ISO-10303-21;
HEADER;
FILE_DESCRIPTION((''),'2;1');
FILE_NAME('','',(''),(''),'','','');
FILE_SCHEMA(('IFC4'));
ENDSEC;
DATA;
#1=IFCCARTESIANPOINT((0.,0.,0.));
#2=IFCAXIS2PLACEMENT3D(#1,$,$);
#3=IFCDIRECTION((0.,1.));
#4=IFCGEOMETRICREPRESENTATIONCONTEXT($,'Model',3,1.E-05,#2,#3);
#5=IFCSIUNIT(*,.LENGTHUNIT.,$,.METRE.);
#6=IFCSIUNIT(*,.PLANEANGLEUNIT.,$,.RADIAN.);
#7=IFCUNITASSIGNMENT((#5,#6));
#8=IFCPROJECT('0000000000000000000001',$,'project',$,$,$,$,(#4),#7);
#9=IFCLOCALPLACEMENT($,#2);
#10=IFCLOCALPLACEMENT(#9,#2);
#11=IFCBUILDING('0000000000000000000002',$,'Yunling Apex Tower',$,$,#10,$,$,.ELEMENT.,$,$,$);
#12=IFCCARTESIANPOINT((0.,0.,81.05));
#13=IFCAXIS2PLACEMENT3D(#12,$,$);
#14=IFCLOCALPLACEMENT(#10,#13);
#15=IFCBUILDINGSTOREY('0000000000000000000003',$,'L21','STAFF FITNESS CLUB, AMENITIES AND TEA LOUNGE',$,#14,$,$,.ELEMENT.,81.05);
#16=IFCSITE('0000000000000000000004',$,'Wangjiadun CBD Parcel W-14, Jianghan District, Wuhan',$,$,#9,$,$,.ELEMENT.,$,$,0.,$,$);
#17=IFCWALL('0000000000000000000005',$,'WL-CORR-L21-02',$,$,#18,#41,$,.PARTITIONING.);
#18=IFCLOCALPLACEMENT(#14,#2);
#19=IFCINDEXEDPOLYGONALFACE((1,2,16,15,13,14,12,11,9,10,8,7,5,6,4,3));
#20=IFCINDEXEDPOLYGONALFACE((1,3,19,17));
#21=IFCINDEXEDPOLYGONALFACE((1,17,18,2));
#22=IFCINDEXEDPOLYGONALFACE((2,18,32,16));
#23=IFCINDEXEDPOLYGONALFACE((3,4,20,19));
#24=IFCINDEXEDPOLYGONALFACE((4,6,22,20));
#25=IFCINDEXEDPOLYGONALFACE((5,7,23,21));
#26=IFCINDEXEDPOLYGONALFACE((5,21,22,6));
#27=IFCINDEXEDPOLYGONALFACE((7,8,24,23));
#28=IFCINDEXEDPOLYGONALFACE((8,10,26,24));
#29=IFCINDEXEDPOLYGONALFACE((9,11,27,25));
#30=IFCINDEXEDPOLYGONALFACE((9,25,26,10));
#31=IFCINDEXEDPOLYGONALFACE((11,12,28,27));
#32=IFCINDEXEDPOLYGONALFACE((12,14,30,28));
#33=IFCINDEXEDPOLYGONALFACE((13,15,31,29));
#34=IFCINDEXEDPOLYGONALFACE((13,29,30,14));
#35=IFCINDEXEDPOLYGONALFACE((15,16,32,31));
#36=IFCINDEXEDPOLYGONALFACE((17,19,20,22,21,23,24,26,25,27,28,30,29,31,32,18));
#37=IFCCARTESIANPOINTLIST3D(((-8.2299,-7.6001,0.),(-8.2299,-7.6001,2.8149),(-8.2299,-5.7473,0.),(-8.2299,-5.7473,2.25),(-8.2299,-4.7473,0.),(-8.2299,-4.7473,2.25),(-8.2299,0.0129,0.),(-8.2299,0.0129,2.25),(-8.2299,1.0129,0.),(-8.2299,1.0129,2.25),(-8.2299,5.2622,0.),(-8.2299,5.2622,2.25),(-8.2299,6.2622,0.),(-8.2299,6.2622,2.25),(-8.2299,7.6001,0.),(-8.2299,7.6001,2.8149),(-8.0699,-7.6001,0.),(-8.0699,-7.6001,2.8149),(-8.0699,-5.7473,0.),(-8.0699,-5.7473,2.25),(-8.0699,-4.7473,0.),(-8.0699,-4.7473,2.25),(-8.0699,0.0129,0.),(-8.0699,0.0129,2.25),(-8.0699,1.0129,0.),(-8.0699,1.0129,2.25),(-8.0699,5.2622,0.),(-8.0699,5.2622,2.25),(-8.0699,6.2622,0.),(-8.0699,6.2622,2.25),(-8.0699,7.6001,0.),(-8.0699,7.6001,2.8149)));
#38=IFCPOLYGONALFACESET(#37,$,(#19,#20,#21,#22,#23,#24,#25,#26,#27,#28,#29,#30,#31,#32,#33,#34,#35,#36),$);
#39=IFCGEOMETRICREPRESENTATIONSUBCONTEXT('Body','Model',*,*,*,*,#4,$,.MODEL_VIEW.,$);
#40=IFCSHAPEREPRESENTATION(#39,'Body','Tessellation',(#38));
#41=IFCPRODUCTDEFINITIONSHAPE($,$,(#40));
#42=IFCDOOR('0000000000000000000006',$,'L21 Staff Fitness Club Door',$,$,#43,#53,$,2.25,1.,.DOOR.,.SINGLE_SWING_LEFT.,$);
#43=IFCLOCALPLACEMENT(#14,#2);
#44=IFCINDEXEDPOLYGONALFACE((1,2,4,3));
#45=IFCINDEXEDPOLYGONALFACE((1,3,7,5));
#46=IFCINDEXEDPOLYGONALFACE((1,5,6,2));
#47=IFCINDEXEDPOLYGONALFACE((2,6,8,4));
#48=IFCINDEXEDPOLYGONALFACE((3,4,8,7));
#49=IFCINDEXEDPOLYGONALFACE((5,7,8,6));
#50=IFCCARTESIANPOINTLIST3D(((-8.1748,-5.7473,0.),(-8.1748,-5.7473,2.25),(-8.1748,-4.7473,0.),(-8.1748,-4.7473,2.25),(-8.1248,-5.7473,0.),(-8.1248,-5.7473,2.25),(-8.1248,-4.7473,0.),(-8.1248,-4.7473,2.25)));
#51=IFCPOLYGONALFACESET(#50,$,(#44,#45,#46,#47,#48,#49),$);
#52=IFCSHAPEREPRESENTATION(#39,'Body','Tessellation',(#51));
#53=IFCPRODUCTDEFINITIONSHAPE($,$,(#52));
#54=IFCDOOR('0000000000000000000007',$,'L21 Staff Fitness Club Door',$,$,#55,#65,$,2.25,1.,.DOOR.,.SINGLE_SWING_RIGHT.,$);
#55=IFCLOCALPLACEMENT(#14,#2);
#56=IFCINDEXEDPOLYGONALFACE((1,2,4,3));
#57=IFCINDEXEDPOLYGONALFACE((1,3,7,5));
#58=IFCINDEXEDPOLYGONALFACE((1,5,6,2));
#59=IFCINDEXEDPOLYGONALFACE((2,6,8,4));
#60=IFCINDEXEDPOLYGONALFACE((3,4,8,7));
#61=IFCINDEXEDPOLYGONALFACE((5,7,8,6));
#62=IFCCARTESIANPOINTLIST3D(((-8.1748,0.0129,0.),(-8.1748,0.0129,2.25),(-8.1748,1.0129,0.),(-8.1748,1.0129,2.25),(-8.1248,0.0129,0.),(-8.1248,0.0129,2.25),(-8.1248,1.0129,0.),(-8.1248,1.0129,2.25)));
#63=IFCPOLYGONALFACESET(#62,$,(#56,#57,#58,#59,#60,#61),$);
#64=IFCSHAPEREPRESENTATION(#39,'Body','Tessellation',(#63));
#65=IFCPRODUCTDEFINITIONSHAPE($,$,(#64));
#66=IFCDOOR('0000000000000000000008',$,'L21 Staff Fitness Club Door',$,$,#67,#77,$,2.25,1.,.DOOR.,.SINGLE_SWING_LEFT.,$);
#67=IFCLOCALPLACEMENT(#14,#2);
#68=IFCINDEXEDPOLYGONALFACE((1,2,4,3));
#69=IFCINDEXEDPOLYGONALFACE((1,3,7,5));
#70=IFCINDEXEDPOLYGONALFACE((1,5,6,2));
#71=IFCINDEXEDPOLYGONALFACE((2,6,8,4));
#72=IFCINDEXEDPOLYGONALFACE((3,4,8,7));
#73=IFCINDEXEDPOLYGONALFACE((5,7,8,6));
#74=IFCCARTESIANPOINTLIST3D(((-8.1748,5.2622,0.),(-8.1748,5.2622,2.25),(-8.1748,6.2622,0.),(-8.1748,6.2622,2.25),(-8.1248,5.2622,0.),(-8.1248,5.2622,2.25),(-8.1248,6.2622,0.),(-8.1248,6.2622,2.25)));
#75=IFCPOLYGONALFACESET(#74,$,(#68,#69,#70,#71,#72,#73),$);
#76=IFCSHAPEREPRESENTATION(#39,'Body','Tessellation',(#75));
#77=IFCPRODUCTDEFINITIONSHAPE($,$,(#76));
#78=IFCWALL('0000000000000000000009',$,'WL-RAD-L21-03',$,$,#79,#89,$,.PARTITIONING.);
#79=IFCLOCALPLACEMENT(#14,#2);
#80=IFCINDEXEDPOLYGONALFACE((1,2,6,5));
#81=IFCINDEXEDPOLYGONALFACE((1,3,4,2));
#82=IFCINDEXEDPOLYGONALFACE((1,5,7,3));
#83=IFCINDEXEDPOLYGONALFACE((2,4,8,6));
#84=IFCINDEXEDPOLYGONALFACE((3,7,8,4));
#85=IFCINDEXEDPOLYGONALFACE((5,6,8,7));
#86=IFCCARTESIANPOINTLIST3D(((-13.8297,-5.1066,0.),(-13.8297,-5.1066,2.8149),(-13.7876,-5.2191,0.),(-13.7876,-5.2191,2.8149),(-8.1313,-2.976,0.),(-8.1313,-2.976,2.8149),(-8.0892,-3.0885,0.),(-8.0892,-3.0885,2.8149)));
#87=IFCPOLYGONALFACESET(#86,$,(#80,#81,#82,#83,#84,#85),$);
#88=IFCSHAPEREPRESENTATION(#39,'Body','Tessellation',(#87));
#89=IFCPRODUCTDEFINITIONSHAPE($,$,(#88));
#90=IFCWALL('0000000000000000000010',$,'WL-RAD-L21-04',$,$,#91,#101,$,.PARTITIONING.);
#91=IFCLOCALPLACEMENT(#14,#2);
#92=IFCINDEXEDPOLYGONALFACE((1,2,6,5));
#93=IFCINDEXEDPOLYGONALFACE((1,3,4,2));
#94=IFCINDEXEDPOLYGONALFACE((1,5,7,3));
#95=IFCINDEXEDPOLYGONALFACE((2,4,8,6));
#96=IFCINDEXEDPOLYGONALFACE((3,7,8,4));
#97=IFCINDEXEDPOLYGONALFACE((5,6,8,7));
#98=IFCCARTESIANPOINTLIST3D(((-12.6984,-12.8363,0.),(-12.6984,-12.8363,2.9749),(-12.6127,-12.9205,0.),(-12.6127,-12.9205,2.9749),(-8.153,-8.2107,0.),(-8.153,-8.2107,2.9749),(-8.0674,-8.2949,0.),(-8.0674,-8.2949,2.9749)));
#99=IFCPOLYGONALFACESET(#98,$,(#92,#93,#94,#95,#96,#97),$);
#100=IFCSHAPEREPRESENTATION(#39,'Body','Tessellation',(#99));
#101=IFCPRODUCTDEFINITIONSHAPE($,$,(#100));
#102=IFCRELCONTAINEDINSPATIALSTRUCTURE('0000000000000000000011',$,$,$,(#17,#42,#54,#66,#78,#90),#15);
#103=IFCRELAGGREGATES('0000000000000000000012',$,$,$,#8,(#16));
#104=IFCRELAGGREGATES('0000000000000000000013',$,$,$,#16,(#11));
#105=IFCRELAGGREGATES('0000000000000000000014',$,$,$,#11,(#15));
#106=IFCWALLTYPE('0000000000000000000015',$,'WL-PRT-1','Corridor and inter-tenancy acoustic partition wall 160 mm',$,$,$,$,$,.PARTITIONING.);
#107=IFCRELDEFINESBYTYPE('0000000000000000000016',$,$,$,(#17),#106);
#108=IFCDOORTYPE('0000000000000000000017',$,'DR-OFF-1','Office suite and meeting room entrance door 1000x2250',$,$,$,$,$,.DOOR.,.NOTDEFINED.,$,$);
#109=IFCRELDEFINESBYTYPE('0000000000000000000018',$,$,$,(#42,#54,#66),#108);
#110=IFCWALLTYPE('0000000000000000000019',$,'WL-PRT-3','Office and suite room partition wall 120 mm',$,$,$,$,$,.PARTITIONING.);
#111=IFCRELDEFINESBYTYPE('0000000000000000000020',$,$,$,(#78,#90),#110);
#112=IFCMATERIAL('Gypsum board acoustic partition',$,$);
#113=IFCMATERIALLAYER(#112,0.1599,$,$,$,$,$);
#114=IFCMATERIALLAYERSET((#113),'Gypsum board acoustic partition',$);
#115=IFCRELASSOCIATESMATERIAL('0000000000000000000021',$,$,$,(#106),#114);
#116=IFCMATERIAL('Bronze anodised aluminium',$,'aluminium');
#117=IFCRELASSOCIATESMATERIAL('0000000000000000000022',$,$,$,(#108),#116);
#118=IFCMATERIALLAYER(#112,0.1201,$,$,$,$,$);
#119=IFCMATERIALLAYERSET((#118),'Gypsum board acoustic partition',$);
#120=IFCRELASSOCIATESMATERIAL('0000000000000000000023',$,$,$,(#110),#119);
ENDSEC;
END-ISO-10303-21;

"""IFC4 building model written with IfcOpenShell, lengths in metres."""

from ifc_helpers import new_model, si_unit, direction, frame, frame_2d, origin, place, context, subcontext, project, spatial, rectangle, extrude, material, layer, layer_set, type_object, element, fill, save


model = new_model("IFC4")

# Units and contexts
model_context = context("Model", 3, precision=1e-05, world=origin(), true_north=direction((0.0, 1.0)))
body_context = subcontext(model_context, "Body", "Model", "MODEL_VIEW")
ifc_project = project(units=[si_unit("LENGTHUNIT", "METRE"), si_unit("PLANEANGLEUNIT", "RADIAN")], contexts=[model_context])

# Site, building, storey
site_placement = place(None, origin())
site = spatial("IfcSite", under=ifc_project, at=site_placement, Name="Wangjiadun CBD Parcel W-14, Jianghan District, Wuhan", CompositionType="ELEMENT", RefElevation=0.0)
building_placement = place(site_placement, origin())
building = spatial("IfcBuilding", under=site, at=building_placement, Name="Yunling Apex Tower", CompositionType="ELEMENT")
storey_placement = place(building_placement, frame((0.0, 0.0, 81.05)))
storey = spatial("IfcBuildingStorey", under=building, at=storey_placement, Name="L21", Description="STAFF FITNESS CLUB, AMENITIES AND TEA LOUNGE", CompositionType="ELEMENT", Elevation=81.05)

# Shared definitions
ifc_material_1 = material(Name="Bronze anodised aluminium", Category="aluminium")

# Wall, openings, doors
ifc_material_2 = material(Name="Gypsum board acoustic partition")
ifc_layer_1 = layer(ifc_material_2, 0.1599)
ifc_layer_set_1 = layer_set([ifc_layer_1], Name="Gypsum board acoustic partition")
wall_type_1 = type_object("IfcWallType", Name="WL-PRT-1", Description="Corridor and inter-tenancy acoustic partition wall 160 mm", PredefinedType="PARTITIONING", material=ifc_layer_set_1)
wall_1_placement = place(storey_placement, frame((-8.1499, -7.6001, 0.0), z_axis=(0.0, 0.0, 1.0), x_axis=(0.0, 1.0, 0.0)))
wall_1 = element("IfcWall", 1, at=wall_1_placement, inside=storey, type_object=wall_type_1, Name="WL-CORR-L21-02", PredefinedType="PARTITIONING", context=body_context, shape_type="SweptSolid", body=[
    extrude(rectangle(XDim=15.2002, YDim=0.1599, at=frame_2d((7.6001, 0.0))), origin(), (0.0, 0.0, 1.0), 2.8149),
])
opening_1_placement = place(wall_1_placement, frame((1.8528, 0.0, 0.0)))
opening_1 = element("IfcOpeningElement", 2, at=opening_1_placement, cuts=wall_1, PredefinedType="OPENING", context=body_context, shape_type="SweptSolid", body=[
    extrude(rectangle(XDim=1.0, YDim=2.25, at=frame_2d((0.5, 1.125))), frame((0.0, 0.0898, 0.0), z_axis=(0.0, -1.0, 0.0), x_axis=(1.0, 0.0, 0.0)), (0.0, 0.0, 1.0), 0.1799),
])
opening_2_placement = place(wall_1_placement, frame((7.613, 0.0, 0.0)))
opening_2 = element("IfcOpeningElement", 3, at=opening_2_placement, cuts=wall_1, PredefinedType="OPENING", context=body_context, shape_type="SweptSolid", body=[
    extrude(rectangle(XDim=1.0, YDim=2.25, at=frame_2d((0.5, 1.125))), frame((0.0, 0.0898, 0.0), z_axis=(0.0, -1.0, 0.0), x_axis=(1.0, 0.0, 0.0)), (0.0, 0.0, 1.0), 0.1799),
])
opening_3_placement = place(wall_1_placement, frame((12.8623, 0.0, 0.0)))
opening_3 = element("IfcOpeningElement", 4, at=opening_3_placement, cuts=wall_1, PredefinedType="OPENING", context=body_context, shape_type="SweptSolid", body=[
    extrude(rectangle(XDim=1.0, YDim=2.25, at=frame_2d((0.5, 1.125))), frame((0.0, 0.0898, 0.0), z_axis=(0.0, -1.0, 0.0), x_axis=(1.0, 0.0, 0.0)), (0.0, 0.0, 1.0), 0.1799),
])
door_type = type_object("IfcDoorType", Name="DR-OFF-1", Description="Office suite and meeting room entrance door 1000x2250", OperationType="NOTDEFINED", PredefinedType="DOOR", material=ifc_material_1)
door_1_placement = place(opening_1_placement, origin())
door_1 = element("IfcDoor", 5, at=door_1_placement, inside=storey, type_object=door_type, Name="L21 Staff Fitness Club Door", OperationType="SINGLE_SWING_LEFT", OverallHeight=2.25, OverallWidth=1.0, PredefinedType="DOOR", context=body_context, shape_type="SweptSolid", body=[
    extrude(rectangle(XDim=1.0, YDim=2.25, at=frame_2d((0.5, 1.125))), frame((0.0, 0.0249, 0.0), z_axis=(0.0, -1.0, 0.0), x_axis=(1.0, 0.0, 0.0)), (0.0, 0.0, 1.0), 0.05),
])
fill(opening_1, door_1)
door_2_placement = place(opening_2_placement, origin())
door_2 = element("IfcDoor", 6, at=door_2_placement, inside=storey, type_object=door_type, Name="L21 Staff Fitness Club Door", OperationType="SINGLE_SWING_RIGHT", OverallHeight=2.25, OverallWidth=1.0, PredefinedType="DOOR", context=body_context, shape_type="SweptSolid", body=[
    extrude(rectangle(XDim=1.0, YDim=2.25, at=frame_2d((0.5, 1.125))), frame((0.0, 0.0249, 0.0), z_axis=(0.0, -1.0, 0.0), x_axis=(1.0, 0.0, 0.0)), (0.0, 0.0, 1.0), 0.05),
])
fill(opening_2, door_2)
door_3_placement = place(opening_3_placement, origin())
door_3 = element("IfcDoor", 7, at=door_3_placement, inside=storey, type_object=door_type, Name="L21 Staff Fitness Club Door", OperationType="SINGLE_SWING_LEFT", OverallHeight=2.25, OverallWidth=1.0, PredefinedType="DOOR", context=body_context, shape_type="SweptSolid", body=[
    extrude(rectangle(XDim=1.0, YDim=2.25, at=frame_2d((0.5, 1.125))), frame((0.0, 0.0249, 0.0), z_axis=(0.0, -1.0, 0.0), x_axis=(1.0, 0.0, 0.0)), (0.0, 0.0, 1.0), 0.05),
])
fill(opening_3, door_3)

# Walls
ifc_layer_2 = layer(ifc_material_2, 0.1201)
ifc_layer_set_2 = layer_set([ifc_layer_2], Name="Gypsum board acoustic partition")
wall_type_2 = type_object("IfcWallType", Name="WL-PRT-3", Description="Office and suite room partition wall 120 mm", PredefinedType="PARTITIONING", material=ifc_layer_set_2)
wall_2_placement = place(storey_placement, frame((-8.1101, -3.0322, 0.0), z_axis=(0.0, 0.0, 1.0), x_axis=(-0.93667, -0.350213, 0.0)))
element("IfcWall", 8, at=wall_2_placement, inside=storey, type_object=wall_type_2, Name="WL-RAD-L21-03", PredefinedType="PARTITIONING", context=body_context, shape_type="SweptSolid", body=[
    extrude(rectangle(XDim=6.0837, YDim=0.1201, at=frame_2d((3.042, 0.0))), origin(), (0.0, 0.0, 1.0), 2.8149),
])
wall_3_placement = place(storey_placement, frame((-8.1101, -8.2527, 0.0), z_axis=(0.0, 0.0, 1.0), x_axis=(-0.700887, -0.713272, 0.0)))
element("IfcWall", 9, at=wall_3_placement, inside=storey, type_object=wall_type_2, Name="WL-RAD-L21-04", PredefinedType="PARTITIONING", context=body_context, shape_type="SweptSolid", body=[
    extrude(rectangle(XDim=6.4851, YDim=0.1201, at=frame_2d((3.2427, 0.0))), origin(), (0.0, 0.0, 1.0), 2.9749),
])

save(model, "model.ifc")
